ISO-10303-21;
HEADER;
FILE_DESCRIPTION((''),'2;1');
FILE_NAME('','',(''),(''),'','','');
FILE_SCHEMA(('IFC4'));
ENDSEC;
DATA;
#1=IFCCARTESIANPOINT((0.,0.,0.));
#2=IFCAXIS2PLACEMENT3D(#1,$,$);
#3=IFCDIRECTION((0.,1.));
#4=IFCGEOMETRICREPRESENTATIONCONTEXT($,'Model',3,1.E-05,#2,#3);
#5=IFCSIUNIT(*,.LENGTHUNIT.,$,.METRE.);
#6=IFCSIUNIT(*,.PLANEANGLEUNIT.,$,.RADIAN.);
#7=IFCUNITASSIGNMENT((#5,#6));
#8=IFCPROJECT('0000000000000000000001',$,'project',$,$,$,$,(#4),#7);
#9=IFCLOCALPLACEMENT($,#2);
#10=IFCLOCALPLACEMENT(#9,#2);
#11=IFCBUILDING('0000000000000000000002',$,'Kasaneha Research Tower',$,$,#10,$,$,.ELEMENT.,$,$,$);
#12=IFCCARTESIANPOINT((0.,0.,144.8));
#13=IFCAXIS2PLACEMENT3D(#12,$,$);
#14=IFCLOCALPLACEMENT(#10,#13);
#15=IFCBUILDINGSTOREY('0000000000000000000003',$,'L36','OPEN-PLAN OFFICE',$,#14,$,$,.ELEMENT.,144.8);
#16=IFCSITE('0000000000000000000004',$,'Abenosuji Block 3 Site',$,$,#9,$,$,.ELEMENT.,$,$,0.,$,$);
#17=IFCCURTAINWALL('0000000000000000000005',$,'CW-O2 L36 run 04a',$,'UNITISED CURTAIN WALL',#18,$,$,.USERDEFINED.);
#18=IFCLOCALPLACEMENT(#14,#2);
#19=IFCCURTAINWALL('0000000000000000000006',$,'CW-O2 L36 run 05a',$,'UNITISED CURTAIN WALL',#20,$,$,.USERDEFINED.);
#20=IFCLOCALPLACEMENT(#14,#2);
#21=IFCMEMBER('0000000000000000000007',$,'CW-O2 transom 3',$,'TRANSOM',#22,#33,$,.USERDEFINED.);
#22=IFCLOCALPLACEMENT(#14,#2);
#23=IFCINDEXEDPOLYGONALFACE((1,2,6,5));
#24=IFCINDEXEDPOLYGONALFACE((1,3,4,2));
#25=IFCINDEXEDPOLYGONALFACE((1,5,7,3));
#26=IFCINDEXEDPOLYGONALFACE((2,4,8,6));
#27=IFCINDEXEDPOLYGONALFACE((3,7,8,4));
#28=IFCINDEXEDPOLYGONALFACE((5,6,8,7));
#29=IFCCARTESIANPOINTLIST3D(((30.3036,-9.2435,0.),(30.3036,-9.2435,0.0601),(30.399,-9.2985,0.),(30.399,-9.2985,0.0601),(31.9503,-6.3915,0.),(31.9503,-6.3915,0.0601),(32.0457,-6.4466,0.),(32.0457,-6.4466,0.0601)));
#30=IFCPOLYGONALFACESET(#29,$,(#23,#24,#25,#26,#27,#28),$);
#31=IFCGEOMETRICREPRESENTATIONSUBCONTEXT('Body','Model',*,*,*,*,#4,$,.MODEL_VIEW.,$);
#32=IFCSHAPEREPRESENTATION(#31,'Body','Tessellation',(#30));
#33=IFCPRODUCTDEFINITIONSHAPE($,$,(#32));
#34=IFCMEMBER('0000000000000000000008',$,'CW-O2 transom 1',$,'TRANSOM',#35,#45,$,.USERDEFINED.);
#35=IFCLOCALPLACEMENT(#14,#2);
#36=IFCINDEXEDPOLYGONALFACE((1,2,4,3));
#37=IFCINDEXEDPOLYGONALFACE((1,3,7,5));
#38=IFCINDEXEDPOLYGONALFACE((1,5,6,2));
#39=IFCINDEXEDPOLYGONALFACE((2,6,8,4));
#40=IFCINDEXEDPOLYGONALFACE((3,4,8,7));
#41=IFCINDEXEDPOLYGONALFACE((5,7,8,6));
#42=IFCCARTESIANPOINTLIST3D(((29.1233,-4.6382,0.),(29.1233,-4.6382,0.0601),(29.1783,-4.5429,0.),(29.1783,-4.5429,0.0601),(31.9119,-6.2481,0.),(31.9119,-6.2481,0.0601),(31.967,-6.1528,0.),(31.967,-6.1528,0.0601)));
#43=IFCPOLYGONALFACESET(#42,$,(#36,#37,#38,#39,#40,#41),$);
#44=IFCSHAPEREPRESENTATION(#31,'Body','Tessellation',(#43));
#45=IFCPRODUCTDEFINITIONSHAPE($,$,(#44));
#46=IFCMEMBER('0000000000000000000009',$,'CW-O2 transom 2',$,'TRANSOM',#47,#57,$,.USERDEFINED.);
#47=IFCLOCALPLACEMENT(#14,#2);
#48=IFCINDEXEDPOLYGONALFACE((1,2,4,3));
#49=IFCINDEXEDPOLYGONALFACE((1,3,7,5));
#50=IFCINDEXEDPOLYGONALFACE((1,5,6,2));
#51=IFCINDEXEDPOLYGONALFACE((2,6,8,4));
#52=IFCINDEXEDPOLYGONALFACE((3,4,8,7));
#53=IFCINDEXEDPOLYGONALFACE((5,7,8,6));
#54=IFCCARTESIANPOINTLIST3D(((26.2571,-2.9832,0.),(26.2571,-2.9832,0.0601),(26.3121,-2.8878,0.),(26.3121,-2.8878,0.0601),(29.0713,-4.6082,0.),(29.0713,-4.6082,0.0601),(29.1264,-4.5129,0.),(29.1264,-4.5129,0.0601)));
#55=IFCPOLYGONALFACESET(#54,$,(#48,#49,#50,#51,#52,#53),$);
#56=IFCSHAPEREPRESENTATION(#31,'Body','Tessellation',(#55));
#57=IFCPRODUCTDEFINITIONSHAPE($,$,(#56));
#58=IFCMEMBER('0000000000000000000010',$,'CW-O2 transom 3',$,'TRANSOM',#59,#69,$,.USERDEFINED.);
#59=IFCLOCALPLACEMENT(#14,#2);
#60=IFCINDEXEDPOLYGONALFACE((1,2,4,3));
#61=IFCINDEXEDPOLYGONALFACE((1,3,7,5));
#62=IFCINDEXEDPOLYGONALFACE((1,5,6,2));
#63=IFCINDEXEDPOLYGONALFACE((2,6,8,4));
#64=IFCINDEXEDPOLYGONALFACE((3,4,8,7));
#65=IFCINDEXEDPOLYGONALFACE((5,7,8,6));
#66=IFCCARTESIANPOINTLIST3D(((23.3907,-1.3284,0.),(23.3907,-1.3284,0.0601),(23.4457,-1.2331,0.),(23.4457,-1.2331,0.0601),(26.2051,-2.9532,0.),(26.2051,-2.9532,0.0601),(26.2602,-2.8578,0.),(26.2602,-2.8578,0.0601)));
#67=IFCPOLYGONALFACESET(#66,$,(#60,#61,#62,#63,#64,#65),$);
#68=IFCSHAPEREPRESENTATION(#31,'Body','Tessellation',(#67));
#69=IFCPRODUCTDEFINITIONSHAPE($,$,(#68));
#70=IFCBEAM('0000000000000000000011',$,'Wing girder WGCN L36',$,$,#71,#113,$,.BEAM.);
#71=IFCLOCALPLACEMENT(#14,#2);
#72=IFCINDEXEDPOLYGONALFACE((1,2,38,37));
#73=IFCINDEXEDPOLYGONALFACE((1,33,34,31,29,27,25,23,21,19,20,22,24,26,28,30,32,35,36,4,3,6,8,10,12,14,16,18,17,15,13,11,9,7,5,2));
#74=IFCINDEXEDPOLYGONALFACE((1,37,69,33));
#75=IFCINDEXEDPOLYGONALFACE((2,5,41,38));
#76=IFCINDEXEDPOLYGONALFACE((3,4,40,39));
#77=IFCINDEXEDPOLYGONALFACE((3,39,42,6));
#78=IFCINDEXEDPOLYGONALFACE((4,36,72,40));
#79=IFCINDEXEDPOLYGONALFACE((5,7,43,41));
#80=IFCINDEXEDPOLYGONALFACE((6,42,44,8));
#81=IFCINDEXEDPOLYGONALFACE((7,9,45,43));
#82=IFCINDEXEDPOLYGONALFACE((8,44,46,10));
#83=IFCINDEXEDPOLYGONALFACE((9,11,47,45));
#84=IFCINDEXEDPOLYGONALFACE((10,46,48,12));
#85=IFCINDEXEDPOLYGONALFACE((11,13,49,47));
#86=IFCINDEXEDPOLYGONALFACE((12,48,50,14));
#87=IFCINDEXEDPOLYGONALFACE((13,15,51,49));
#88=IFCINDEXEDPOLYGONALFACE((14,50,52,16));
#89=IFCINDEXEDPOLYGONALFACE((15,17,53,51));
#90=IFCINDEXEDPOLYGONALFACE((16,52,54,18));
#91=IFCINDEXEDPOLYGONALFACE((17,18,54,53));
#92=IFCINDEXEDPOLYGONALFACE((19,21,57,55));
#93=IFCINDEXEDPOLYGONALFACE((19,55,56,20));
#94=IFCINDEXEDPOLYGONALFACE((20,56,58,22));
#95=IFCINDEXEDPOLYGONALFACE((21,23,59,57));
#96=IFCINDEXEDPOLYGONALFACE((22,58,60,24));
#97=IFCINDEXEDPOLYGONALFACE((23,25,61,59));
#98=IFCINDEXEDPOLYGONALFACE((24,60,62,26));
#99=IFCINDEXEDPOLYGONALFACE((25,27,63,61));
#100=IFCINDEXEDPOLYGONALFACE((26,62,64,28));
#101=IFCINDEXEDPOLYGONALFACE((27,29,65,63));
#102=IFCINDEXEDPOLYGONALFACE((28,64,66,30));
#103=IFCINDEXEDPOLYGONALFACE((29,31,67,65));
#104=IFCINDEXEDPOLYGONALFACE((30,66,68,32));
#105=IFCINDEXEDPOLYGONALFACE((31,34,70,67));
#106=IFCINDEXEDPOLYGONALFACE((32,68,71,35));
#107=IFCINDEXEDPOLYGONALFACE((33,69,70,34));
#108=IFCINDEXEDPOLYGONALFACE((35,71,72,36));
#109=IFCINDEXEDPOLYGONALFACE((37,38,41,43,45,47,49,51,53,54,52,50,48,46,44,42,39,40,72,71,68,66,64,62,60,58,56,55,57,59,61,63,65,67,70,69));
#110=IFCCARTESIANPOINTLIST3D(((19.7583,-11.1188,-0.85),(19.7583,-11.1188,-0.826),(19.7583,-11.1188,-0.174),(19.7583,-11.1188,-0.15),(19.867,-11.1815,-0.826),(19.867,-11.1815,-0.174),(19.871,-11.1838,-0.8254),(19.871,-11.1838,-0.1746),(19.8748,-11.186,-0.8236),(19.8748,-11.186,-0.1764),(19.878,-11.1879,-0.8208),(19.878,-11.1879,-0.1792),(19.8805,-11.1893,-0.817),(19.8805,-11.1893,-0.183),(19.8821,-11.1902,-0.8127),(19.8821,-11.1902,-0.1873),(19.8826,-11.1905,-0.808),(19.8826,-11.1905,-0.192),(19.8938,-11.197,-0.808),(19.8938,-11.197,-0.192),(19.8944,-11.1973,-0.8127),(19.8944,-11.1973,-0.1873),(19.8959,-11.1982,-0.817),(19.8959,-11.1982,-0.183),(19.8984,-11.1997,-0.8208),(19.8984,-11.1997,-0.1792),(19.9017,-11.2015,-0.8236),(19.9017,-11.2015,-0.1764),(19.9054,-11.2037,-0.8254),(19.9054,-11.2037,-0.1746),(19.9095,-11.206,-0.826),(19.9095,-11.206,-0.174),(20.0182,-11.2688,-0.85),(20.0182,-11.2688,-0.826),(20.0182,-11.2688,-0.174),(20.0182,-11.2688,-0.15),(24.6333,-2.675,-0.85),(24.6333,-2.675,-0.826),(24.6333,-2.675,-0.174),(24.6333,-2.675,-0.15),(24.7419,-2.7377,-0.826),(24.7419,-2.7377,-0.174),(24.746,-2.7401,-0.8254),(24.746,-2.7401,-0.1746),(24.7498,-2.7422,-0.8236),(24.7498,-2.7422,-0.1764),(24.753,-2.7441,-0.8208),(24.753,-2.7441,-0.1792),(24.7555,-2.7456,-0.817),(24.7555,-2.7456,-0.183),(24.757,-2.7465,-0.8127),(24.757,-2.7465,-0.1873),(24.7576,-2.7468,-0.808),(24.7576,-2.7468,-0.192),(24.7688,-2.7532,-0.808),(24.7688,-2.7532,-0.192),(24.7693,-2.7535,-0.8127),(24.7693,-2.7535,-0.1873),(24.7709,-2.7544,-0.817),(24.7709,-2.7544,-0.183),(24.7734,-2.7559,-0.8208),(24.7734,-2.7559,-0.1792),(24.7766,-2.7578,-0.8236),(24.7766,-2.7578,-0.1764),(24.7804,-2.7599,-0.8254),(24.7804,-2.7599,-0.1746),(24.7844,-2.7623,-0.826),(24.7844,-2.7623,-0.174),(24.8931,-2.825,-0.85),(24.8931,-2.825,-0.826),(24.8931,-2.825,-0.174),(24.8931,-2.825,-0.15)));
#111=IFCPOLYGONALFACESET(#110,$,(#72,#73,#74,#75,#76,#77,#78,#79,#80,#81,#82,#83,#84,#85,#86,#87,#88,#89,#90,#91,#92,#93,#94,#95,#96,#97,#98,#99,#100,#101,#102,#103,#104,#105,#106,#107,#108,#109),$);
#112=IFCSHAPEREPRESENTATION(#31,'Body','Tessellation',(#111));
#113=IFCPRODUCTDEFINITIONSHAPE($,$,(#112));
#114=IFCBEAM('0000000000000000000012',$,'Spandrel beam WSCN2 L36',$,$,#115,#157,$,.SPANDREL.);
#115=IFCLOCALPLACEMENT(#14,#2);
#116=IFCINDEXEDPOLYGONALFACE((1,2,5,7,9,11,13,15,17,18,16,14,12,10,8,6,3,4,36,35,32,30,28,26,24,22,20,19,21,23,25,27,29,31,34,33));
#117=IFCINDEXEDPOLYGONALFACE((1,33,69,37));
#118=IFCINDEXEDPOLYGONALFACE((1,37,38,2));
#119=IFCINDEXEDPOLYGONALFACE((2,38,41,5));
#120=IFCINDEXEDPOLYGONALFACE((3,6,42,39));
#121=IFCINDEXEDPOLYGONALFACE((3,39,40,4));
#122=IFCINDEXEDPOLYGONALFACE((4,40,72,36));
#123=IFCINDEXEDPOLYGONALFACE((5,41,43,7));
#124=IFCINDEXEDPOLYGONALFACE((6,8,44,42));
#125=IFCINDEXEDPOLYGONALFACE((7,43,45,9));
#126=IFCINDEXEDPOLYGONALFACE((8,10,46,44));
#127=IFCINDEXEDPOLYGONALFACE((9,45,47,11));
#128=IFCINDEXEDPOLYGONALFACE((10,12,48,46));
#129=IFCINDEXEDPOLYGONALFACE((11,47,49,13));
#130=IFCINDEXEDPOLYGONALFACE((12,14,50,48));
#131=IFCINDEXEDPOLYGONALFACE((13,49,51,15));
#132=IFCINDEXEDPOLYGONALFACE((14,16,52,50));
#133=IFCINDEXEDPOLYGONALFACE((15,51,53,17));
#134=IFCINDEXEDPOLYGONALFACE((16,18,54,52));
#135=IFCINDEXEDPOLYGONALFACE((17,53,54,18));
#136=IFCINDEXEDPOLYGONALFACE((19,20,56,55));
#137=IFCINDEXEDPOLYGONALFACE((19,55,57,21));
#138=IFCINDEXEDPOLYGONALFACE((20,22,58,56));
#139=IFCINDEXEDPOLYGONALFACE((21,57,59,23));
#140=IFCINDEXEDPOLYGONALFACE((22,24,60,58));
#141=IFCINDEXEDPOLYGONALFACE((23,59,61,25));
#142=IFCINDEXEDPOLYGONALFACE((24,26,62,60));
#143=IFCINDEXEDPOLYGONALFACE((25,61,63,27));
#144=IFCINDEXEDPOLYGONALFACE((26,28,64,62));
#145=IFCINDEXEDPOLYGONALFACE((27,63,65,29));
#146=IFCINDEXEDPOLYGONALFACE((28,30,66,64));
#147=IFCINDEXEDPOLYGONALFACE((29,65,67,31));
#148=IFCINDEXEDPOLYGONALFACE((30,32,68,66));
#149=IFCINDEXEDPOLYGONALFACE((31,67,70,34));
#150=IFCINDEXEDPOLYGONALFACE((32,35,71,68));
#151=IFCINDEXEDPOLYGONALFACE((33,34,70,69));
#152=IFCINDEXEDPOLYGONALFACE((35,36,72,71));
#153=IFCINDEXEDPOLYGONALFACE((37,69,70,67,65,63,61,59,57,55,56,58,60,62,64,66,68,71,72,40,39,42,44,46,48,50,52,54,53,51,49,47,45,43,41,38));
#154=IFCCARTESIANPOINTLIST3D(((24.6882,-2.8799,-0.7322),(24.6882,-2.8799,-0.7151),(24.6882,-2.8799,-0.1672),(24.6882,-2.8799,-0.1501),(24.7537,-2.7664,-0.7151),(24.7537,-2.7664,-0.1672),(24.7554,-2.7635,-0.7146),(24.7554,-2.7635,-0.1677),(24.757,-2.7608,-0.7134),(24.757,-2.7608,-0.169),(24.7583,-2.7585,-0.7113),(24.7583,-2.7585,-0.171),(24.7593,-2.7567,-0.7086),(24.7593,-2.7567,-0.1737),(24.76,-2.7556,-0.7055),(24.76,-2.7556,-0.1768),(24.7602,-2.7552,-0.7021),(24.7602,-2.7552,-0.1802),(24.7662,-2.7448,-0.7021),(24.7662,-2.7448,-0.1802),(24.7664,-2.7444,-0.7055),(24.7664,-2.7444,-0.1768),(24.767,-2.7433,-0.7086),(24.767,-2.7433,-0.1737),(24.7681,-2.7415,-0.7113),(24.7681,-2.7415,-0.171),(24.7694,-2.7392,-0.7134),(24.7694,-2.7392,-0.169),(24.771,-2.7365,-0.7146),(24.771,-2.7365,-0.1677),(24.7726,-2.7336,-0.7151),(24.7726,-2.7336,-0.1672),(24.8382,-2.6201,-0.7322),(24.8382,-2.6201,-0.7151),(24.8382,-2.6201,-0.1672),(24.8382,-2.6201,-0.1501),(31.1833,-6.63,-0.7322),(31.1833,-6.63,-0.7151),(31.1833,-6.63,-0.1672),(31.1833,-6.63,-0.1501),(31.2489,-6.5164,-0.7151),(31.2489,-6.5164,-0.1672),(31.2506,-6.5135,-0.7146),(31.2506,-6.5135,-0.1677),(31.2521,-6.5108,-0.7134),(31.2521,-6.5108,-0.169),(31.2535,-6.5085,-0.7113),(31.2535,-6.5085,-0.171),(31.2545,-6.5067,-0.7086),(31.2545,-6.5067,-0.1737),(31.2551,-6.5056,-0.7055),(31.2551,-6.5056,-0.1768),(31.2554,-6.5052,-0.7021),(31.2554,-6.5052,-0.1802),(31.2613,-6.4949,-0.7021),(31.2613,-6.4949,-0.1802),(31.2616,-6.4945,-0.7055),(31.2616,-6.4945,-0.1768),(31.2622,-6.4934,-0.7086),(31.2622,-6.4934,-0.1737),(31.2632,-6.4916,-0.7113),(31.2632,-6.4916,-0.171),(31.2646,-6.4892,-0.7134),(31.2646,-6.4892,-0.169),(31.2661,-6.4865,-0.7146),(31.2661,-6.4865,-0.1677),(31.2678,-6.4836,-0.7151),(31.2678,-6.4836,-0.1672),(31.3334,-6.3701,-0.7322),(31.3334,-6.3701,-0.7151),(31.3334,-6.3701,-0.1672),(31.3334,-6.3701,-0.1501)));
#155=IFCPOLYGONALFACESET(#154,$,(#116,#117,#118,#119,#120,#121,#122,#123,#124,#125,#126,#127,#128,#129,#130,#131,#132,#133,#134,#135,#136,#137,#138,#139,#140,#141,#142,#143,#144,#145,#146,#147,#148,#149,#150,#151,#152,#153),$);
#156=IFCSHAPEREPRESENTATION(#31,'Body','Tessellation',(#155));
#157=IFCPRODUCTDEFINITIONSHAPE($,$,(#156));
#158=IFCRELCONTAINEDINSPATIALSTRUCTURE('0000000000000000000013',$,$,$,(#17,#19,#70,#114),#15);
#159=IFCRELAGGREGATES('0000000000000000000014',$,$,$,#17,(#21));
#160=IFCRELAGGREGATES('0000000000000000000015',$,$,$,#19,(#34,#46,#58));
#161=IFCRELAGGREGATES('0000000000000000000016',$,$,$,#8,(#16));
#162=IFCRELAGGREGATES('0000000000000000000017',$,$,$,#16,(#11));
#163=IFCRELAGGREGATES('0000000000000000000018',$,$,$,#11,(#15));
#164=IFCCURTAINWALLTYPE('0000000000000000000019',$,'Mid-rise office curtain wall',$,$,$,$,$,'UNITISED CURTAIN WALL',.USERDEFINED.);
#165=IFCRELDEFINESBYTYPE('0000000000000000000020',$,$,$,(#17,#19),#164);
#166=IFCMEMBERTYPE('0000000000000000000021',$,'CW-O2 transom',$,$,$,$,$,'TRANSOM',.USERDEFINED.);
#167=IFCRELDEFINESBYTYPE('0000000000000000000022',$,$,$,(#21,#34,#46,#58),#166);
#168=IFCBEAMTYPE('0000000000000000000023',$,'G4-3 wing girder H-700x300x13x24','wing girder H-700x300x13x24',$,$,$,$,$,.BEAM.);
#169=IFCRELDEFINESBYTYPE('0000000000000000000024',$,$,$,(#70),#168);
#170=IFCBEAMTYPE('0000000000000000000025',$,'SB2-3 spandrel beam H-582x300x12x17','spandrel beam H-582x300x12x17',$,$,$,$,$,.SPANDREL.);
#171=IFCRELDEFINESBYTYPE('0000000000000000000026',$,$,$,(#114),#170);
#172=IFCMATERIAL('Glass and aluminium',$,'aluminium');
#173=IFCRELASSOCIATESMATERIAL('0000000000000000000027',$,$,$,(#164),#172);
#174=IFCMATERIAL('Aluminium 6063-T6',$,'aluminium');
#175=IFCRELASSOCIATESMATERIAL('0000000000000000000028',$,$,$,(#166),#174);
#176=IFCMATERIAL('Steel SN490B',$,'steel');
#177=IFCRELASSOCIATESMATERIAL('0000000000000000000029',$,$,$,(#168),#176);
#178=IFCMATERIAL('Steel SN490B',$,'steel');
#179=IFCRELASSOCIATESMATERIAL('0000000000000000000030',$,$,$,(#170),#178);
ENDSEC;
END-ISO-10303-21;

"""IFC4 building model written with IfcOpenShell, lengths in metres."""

from ifc_helpers import new_model, si_unit, direction, frame, origin, origin_2d, place, context, subcontext, project, spatial, rectangle, i_section, extrude, material, material_profile, profile_set, type_object, element, aggregate, save


model = new_model("IFC4")

# Units and contexts
model_context = context("Model", 3, precision=1e-05, world=origin(), true_north=direction((0.0, 1.0)))
body_context = subcontext(model_context, "Body", "Model", "MODEL_VIEW")
ifc_project = project(units=[si_unit("LENGTHUNIT", "METRE"), si_unit("PLANEANGLEUNIT", "RADIAN")], contexts=[model_context])

# Site, building, storey
site_placement = place(None, origin())
site = spatial("IfcSite", under=ifc_project, at=site_placement, Name="Abenosuji Block 3 Site", CompositionType="ELEMENT", RefElevation=0.0)
building_placement = place(site_placement, origin())
building = spatial("IfcBuilding", under=site, at=building_placement, Name="Kasaneha Research Tower", CompositionType="ELEMENT")
storey_placement = place(building_placement, frame((0.0, 0.0, 144.8)))
storey = spatial("IfcBuildingStorey", under=building, at=storey_placement, Name="L36", Description="OPEN-PLAN OFFICE", CompositionType="ELEMENT", Elevation=144.8)

# Curtain walls
ifc_material_1 = material(Name="Glass and aluminium", Category="aluminium")
curtain_wall_type = type_object("IfcCurtainWallType", Name="Mid-rise office curtain wall", ElementType="UNITISED CURTAIN WALL", PredefinedType="USERDEFINED", material=ifc_material_1)
curtain_wall_1_placement = place(storey_placement, origin())
curtain_wall_1 = element("IfcCurtainWall", 1, at=curtain_wall_1_placement, inside=storey, type_object=curtain_wall_type, Name="CW-O2 L36 run 04a", ObjectType="UNITISED CURTAIN WALL", PredefinedType="USERDEFINED")
curtain_wall_2_placement = place(storey_placement, origin())
curtain_wall_2 = element("IfcCurtainWall", 2, at=curtain_wall_2_placement, inside=storey, type_object=curtain_wall_type, Name="CW-O2 L36 run 05a", ObjectType="UNITISED CURTAIN WALL", PredefinedType="USERDEFINED")

# Members
ifc_material_2 = material(Name="Aluminium 6063-T6", Category="aluminium")
ifc_material_profile_1 = material_profile(ifc_material_2, rectangle(XDim=0.1101, YDim=0.0601, at=origin_2d()), Name="CW-O2 transom 110x60")
ifc_profile_set_1 = profile_set([ifc_material_profile_1], Name="Aluminium 6063-T6")
member_type_1 = type_object("IfcMemberType", Name="CW-O2 transom", ElementType="TRANSOM", PredefinedType="USERDEFINED", material=ifc_profile_set_1)
member_1_placement = place(storey_placement, frame((30.3513, -9.271, 0.03), z_axis=(0.500022, 0.866013, 0.0), x_axis=(-0.866013, 0.500022, 0.0)))
member_1 = element("IfcMember", 3, at=member_1_placement, type_object=member_type_1, Name="CW-O2 transom 3", ObjectType="TRANSOM", PredefinedType="USERDEFINED", context=body_context, shape_type="SweptSolid", body=[
    extrude(rectangle(XDim=0.1101, YDim=0.0601, at=origin_2d()), origin(), (0.0, 0.0, 1.0), 3.2932),
])
member_2_placement = place(storey_placement, frame((31.9395, -6.2004, 0.03), z_axis=(-0.866042, 0.499972, 0.0), x_axis=(-0.499972, -0.866042, 0.0)))
member_2 = element("IfcMember", 4, at=member_2_placement, type_object=member_type_1, Name="CW-O2 transom 1", ObjectType="TRANSOM", PredefinedType="USERDEFINED", context=body_context, shape_type="SweptSolid", body=[
    extrude(rectangle(XDim=0.1101, YDim=0.0601, at=origin_2d()), origin(), (0.0, 0.0, 1.0), 3.22),
])
member_3_placement = place(storey_placement, frame((29.0989, -4.5605, 0.03), z_axis=(-0.865997, 0.50005, 0.0), x_axis=(-0.50005, -0.865997, 0.0)))
member_3 = element("IfcMember", 5, at=member_3_placement, type_object=member_type_1, Name="CW-O2 transom 2", ObjectType="TRANSOM", PredefinedType="USERDEFINED", context=body_context, shape_type="SweptSolid", body=[
    extrude(rectangle(XDim=0.1101, YDim=0.0601, at=origin_2d()), origin(), (0.0, 0.0, 1.0), 3.2498),
])
member_4_placement = place(storey_placement, frame((26.2327, -2.9055, 0.03), z_axis=(-0.866048, 0.499961, 0.0), x_axis=(-0.499961, -0.866048, 0.0)))
member_4 = element("IfcMember", 6, at=member_4_placement, type_object=member_type_1, Name="CW-O2 transom 3", ObjectType="TRANSOM", PredefinedType="USERDEFINED", context=body_context, shape_type="SweptSolid", body=[
    extrude(rectangle(XDim=0.1101, YDim=0.0601, at=origin_2d()), origin(), (0.0, 0.0, 1.0), 3.2498),
])

# Beams
ifc_material_3 = material(Name="Steel SN490B", Category="steel")
ifc_material_profile_2 = material_profile(ifc_material_3, i_section(OverallWidth=0.3, OverallDepth=0.7, WebThickness=0.0129, FlangeThickness=0.0239, FilletRadius=0.0181, at=origin_2d()), Name="H-700x300x13x24")
ifc_profile_set_2 = profile_set([ifc_material_profile_2], Name="Steel SN490B")
beam_type_1 = type_object("IfcBeamType", Name="G4-3 wing girder H-700x300x13x24", Description="wing girder H-700x300x13x24", PredefinedType="BEAM", material=ifc_profile_set_2)
beam_1_placement = place(storey_placement, frame((24.7632, -2.75, -0.5), z_axis=(-0.499996, -0.866028, 0.0), x_axis=(0.866028, -0.499996, 0.0)))
element("IfcBeam", 7, at=beam_1_placement, inside=storey, type_object=beam_type_1, Name="Wing girder WGCN L36", PredefinedType="BEAM", context=body_context, shape_type="SweptSolid", body=[
    extrude(i_section(OverallWidth=0.3, OverallDepth=0.7, WebThickness=0.0129, FlangeThickness=0.0239, FilletRadius=0.0181, at=origin_2d()), origin(), (0.0, 0.0, 1.0), 9.75),
])
ifc_material_4 = material(Name="Steel SN490B", Category="steel")
ifc_material_profile_3 = material_profile(ifc_material_4, i_section(OverallWidth=0.3, OverallDepth=0.582, WebThickness=0.012, FlangeThickness=0.0171, FilletRadius=0.0129, at=origin_2d()), Name="H-582x300x12x17")
ifc_profile_set_3 = profile_set([ifc_material_profile_3], Name="Steel SN490B")
beam_type_2 = type_object("IfcBeamType", Name="SB2-3 spandrel beam H-582x300x12x17", Description="spandrel beam H-582x300x12x17", PredefinedType="SPANDREL", material=ifc_profile_set_3)
beam_2_placement = place(storey_placement, frame((24.7632, -2.75, -0.4412), z_axis=(0.866023, -0.500004, 0.0), x_axis=(0.500004, 0.866023, 0.0)))
element("IfcBeam", 8, at=beam_2_placement, inside=storey, type_object=beam_type_2, Name="Spandrel beam WSCN2 L36", PredefinedType="SPANDREL", context=body_context, shape_type="SweptSolid", body=[
    extrude(i_section(OverallWidth=0.3, OverallDepth=0.582, WebThickness=0.012, FlangeThickness=0.0171, FilletRadius=0.0129, at=origin_2d()), origin(), (0.0, 0.0, 1.0), 7.5),
])

aggregate(curtain_wall_1, [member_1])
aggregate(curtain_wall_2, [member_2, member_3, member_4])

save(model, "model.ifc")
